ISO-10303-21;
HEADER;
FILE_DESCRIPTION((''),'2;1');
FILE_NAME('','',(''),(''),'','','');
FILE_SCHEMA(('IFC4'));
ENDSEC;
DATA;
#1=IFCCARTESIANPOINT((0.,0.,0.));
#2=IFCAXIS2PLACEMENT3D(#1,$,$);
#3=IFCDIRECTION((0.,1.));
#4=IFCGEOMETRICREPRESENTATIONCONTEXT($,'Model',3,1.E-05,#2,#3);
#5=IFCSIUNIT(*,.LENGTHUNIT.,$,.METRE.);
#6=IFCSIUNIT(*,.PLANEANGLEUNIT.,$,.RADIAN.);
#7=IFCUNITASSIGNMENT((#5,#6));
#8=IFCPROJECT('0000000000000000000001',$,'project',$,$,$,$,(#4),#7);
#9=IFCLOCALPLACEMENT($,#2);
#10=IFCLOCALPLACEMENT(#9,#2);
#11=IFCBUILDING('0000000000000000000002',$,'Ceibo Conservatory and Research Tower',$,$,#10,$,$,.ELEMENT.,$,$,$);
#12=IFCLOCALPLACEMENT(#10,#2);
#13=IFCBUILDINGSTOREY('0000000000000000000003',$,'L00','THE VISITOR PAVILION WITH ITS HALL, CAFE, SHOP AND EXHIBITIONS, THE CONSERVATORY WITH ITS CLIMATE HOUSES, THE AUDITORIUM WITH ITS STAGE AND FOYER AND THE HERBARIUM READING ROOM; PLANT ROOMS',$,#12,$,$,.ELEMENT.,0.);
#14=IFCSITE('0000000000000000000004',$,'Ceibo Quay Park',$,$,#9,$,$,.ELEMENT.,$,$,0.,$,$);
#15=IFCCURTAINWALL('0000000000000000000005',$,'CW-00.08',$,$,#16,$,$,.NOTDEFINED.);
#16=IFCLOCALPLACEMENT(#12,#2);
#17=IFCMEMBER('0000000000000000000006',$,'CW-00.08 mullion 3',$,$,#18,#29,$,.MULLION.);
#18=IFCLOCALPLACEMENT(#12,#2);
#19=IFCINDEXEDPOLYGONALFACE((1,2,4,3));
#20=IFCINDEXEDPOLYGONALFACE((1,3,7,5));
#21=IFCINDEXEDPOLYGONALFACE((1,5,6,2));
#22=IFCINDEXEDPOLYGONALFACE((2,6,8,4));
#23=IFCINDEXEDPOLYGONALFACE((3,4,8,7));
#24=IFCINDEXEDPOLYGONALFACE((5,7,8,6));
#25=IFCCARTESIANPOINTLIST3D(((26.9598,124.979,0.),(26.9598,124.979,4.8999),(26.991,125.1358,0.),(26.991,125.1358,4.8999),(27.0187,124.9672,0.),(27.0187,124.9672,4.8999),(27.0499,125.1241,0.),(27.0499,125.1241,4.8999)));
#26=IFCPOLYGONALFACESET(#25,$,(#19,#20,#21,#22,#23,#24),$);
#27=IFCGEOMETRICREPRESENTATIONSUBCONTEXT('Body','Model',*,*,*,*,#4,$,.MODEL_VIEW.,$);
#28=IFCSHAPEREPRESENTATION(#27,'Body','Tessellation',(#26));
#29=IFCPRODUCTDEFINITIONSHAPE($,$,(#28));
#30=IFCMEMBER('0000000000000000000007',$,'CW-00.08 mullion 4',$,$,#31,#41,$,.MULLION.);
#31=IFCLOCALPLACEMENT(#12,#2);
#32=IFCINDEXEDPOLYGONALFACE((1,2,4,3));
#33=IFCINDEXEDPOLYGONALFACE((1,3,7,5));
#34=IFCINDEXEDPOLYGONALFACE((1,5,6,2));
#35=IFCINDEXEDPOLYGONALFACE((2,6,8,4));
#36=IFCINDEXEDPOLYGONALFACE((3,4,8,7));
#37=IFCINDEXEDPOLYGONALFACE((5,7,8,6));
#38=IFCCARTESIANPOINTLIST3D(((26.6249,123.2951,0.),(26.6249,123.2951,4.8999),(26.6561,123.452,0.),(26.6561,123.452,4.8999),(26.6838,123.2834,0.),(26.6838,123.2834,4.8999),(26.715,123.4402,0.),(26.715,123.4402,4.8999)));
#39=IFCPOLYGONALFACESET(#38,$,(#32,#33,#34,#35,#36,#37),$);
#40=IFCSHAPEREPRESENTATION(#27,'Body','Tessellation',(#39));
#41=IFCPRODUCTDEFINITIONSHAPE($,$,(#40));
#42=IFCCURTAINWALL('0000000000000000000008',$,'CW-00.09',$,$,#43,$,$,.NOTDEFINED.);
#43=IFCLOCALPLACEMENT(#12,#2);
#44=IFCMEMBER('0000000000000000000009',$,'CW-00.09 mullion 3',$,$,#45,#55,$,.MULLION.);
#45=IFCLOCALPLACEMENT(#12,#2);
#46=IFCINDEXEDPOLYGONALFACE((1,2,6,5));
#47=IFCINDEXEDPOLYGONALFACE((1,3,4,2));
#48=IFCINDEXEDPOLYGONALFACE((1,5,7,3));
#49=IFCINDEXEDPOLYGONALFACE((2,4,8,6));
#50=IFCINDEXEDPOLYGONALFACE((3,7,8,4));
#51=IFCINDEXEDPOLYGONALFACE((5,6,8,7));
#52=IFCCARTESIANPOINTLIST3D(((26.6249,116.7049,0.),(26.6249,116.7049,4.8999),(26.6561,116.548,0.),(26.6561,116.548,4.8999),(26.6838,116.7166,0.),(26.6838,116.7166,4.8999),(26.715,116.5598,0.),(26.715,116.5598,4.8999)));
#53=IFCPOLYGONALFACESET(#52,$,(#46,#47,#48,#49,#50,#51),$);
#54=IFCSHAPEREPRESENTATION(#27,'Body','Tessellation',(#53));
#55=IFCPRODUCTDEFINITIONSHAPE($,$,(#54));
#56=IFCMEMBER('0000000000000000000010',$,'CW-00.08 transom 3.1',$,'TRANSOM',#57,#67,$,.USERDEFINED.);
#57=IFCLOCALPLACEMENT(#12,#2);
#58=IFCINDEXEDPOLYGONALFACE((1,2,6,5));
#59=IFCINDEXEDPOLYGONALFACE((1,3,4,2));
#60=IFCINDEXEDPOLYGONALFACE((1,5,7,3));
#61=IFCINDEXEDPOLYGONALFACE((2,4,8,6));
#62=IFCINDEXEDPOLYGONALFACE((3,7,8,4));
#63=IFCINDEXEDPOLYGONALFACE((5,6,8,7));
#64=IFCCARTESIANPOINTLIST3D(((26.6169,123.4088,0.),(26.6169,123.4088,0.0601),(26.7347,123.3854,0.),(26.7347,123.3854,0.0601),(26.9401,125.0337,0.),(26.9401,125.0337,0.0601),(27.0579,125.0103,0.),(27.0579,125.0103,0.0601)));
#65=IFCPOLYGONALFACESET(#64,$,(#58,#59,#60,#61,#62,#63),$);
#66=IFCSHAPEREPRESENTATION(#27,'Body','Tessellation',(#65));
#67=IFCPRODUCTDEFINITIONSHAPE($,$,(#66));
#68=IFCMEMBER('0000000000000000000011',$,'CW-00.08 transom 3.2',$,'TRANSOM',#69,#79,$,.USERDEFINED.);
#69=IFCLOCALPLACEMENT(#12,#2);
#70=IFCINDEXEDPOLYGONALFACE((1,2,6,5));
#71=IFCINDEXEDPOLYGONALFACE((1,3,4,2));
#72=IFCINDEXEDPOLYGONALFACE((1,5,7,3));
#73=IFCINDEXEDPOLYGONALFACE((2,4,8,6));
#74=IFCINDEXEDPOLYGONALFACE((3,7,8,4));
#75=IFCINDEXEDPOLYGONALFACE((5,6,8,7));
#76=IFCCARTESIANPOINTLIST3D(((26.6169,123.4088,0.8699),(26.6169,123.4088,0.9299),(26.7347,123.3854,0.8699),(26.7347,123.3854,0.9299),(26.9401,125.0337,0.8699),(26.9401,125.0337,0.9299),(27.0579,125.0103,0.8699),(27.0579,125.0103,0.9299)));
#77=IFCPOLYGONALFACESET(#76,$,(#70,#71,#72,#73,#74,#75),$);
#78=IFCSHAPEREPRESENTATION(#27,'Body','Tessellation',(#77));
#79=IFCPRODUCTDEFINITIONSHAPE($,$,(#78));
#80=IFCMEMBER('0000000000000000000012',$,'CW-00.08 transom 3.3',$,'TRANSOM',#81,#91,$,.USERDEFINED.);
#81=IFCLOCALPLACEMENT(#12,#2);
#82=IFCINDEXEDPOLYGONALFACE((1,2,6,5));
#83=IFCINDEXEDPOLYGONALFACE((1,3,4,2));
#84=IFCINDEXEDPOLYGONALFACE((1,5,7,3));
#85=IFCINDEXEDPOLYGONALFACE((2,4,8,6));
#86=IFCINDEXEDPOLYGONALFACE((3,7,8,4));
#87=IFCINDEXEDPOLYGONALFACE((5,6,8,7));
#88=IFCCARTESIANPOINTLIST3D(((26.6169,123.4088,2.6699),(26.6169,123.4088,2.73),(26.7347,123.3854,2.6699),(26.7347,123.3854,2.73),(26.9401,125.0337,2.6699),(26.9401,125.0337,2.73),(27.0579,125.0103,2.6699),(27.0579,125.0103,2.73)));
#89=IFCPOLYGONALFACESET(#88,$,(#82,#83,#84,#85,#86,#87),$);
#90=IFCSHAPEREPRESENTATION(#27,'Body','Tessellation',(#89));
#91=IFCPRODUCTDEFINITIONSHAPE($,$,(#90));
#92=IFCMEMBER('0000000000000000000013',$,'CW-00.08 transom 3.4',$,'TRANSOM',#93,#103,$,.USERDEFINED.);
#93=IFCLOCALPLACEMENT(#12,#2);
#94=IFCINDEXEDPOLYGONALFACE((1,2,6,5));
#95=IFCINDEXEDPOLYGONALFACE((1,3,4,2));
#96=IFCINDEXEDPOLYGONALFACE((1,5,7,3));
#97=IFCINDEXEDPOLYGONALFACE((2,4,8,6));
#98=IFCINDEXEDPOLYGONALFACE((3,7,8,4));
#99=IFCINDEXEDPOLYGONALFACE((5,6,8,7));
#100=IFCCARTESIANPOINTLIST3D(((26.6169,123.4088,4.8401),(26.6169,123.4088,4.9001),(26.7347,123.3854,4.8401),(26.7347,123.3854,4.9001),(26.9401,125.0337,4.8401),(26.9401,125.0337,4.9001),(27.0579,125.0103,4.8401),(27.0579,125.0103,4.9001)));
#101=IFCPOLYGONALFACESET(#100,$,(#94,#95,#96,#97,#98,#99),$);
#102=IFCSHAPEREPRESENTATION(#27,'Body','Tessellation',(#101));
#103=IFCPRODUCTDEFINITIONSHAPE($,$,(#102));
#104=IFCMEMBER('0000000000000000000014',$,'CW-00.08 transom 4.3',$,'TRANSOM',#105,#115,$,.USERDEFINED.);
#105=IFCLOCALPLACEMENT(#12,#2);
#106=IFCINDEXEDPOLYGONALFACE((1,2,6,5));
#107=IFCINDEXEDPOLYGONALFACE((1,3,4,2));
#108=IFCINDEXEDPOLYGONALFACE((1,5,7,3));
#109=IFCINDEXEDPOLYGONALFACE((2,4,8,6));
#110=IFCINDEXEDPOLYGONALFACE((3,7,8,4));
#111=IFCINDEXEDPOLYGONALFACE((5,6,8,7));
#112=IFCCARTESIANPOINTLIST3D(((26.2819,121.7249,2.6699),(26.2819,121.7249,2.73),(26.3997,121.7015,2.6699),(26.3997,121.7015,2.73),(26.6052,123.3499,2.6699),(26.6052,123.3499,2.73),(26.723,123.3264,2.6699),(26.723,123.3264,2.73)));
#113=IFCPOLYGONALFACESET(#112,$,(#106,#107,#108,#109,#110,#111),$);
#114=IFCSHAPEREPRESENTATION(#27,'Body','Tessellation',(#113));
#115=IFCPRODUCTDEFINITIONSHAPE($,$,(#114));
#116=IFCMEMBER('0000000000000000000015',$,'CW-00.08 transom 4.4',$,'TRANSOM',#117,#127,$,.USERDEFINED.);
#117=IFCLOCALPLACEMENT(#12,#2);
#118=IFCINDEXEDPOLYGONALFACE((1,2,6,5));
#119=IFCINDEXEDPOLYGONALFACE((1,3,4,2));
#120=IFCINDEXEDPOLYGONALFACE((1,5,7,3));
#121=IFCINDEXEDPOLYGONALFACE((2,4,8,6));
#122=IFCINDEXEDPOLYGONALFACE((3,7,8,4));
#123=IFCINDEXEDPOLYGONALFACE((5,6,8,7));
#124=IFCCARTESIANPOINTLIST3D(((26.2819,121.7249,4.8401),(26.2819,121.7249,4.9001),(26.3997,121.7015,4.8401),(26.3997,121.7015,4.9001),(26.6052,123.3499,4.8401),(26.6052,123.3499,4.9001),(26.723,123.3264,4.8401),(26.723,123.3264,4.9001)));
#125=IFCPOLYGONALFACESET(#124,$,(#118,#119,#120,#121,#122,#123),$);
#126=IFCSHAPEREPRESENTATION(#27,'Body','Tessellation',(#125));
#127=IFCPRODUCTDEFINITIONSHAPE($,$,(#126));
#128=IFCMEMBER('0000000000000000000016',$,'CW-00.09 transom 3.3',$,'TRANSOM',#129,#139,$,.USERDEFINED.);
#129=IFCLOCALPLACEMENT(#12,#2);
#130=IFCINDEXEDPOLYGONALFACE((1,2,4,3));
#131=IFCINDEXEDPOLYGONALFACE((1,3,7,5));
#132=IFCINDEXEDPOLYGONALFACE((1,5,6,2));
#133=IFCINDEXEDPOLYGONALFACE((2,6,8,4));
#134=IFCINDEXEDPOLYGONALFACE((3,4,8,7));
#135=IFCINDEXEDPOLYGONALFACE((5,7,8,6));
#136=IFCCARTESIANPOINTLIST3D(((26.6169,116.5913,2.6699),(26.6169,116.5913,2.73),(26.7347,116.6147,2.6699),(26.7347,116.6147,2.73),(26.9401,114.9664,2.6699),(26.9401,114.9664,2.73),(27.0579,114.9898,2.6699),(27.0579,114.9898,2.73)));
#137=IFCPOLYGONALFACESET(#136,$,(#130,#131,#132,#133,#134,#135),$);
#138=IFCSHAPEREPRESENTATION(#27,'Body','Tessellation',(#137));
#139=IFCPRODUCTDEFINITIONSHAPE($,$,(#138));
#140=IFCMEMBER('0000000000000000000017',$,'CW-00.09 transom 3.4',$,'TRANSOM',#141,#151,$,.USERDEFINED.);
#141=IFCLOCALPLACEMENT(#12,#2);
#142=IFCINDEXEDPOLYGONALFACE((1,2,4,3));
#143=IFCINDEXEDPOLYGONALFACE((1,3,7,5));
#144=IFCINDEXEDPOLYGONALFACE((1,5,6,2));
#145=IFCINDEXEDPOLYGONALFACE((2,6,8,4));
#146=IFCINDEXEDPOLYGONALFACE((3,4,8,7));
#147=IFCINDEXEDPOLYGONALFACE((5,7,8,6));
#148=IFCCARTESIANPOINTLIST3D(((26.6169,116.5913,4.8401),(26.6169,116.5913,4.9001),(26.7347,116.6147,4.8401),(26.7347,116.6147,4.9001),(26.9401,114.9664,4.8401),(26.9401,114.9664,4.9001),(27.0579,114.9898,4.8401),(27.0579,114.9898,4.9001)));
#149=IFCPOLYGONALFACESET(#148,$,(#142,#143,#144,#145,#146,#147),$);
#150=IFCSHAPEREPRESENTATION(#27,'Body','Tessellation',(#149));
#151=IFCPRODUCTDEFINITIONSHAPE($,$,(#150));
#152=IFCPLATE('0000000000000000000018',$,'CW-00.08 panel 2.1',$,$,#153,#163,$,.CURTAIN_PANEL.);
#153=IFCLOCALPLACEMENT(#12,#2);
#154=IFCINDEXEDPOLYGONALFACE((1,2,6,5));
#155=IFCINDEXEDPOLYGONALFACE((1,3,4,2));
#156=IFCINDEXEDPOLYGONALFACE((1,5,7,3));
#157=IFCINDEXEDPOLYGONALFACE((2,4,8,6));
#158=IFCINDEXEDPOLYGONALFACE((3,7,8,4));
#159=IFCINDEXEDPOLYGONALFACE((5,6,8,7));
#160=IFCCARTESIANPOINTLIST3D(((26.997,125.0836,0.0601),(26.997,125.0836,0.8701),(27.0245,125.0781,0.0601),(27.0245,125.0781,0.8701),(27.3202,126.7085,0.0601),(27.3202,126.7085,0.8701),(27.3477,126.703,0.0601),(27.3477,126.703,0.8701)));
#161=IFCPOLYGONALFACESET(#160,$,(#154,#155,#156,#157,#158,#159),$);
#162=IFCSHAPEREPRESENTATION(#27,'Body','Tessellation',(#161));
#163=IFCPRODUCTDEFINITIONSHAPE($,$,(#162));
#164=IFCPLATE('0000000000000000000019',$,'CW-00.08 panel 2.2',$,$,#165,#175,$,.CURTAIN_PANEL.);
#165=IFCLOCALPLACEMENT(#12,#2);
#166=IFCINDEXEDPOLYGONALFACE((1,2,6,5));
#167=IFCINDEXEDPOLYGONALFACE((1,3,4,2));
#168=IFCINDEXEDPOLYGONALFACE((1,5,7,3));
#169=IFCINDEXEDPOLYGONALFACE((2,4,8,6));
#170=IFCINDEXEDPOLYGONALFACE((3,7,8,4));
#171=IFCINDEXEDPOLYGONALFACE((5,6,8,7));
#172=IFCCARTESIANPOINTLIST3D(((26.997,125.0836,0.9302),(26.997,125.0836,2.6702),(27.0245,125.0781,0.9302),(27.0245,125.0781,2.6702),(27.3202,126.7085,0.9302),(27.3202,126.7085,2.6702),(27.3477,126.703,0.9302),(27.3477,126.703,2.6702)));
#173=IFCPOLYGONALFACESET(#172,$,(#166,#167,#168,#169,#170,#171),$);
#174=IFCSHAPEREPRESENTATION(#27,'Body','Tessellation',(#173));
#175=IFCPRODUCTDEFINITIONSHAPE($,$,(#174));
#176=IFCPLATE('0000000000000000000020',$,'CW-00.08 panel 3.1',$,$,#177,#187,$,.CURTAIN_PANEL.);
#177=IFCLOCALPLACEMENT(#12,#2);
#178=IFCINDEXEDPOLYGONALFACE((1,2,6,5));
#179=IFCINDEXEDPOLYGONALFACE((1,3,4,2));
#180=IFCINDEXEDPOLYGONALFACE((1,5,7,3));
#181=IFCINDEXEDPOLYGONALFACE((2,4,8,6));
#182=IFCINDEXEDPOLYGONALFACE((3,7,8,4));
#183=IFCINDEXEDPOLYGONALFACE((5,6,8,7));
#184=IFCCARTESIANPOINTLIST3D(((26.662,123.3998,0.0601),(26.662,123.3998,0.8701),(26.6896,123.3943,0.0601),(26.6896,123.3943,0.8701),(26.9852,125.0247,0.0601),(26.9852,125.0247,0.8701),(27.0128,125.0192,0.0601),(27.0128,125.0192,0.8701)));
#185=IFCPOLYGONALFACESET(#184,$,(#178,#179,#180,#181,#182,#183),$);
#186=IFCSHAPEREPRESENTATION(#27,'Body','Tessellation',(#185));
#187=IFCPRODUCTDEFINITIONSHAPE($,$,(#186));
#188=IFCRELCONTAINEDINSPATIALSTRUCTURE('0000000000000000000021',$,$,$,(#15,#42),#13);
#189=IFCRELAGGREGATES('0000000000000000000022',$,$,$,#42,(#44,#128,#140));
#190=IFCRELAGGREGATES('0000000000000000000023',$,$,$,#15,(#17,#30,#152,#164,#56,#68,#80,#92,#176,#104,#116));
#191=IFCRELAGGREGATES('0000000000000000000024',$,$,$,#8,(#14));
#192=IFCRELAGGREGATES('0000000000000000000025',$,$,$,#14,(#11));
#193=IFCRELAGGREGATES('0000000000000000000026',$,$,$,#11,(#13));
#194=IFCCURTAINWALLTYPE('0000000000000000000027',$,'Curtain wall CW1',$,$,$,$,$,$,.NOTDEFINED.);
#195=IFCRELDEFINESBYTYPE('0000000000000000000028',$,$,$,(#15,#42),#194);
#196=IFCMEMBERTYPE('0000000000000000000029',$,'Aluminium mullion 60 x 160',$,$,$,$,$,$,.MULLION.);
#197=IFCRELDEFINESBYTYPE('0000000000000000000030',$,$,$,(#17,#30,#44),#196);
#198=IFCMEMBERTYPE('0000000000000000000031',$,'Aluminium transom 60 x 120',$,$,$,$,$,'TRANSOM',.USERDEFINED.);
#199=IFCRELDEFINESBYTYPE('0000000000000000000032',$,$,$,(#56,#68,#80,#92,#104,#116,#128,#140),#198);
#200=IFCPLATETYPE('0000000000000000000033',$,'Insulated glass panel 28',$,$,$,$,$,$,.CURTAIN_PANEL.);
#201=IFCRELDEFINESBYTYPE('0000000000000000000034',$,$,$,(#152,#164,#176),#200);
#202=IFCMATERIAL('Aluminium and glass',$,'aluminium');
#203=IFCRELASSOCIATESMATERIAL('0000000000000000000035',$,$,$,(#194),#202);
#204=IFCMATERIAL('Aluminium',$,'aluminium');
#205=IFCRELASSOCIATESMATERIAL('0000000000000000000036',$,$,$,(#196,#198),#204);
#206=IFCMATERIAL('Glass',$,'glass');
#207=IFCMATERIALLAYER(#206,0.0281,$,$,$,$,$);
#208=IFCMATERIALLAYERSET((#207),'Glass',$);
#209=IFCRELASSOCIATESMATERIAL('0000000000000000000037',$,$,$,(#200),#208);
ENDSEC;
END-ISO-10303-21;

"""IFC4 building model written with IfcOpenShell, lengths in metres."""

from ifc_helpers import new_model, si_unit, direction, frame, origin, origin_2d, place, context, subcontext, project, spatial, rectangle, extrude, material, layer, layer_set, material_profile, profile_set, type_object, element, aggregate, save


model = new_model("IFC4")

# Units and contexts
model_context = context("Model", 3, precision=1e-05, world=origin(), true_north=direction((0.0, 1.0)))
body_context = subcontext(model_context, "Body", "Model", "MODEL_VIEW")
ifc_project = project(units=[si_unit("LENGTHUNIT", "METRE"), si_unit("PLANEANGLEUNIT", "RADIAN")], contexts=[model_context])

# Site, building, storey
site_placement = place(None, origin())
site = spatial("IfcSite", under=ifc_project, at=site_placement, Name="Ceibo Quay Park", CompositionType="ELEMENT", RefElevation=0.0)
building_placement = place(site_placement, origin())
building = spatial("IfcBuilding", under=site, at=building_placement, Name="Ceibo Conservatory and Research Tower", CompositionType="ELEMENT")
storey_placement = place(building_placement, origin())
storey = spatial("IfcBuildingStorey", under=building, at=storey_placement, Name="L00", Description="THE VISITOR PAVILION WITH ITS HALL, CAFE, SHOP AND EXHIBITIONS, THE CONSERVATORY WITH ITS CLIMATE HOUSES, THE AUDITORIUM WITH ITS STAGE AND FOYER AND THE HERBARIUM READING ROOM; PLANT ROOMS", CompositionType="ELEMENT", Elevation=0.0)

# Curtain wall, members
ifc_material_1 = material(Name="Aluminium and glass", Category="aluminium")
curtain_wall_type = type_object("IfcCurtainWallType", Name="Curtain wall CW1", PredefinedType="NOTDEFINED", material=ifc_material_1)
curtain_wall_1_placement = place(storey_placement, origin())
curtain_wall_1 = element("IfcCurtainWall", 1, at=curtain_wall_1_placement, inside=storey, type_object=curtain_wall_type, Name="CW-00.08", PredefinedType="NOTDEFINED")
ifc_material_2 = material(Name="Aluminium", Category="aluminium")
ifc_material_profile_1 = material_profile(ifc_material_2, rectangle(XDim=0.0601, YDim=0.1599, at=origin_2d()), Name="Aluminium 60 x 160")
ifc_profile_set_1 = profile_set([ifc_material_profile_1], Name="Aluminium")
member_type_1 = type_object("IfcMemberType", Name="Aluminium mullion 60 x 160", PredefinedType="MULLION", material=ifc_profile_set_1)
member_1_placement = place(storey_placement, frame((27.0049, 125.0515, 0.0), z_axis=(0.0, 0.0, 1.0), x_axis=(0.980785, -0.19509, 0.0)))
member_1 = element("IfcMember", 2, at=member_1_placement, type_object=member_type_1, Name="CW-00.08 mullion 3", PredefinedType="MULLION", context=body_context, shape_type="SweptSolid", body=[
    extrude(rectangle(XDim=0.0601, YDim=0.1599, at=origin_2d()), origin(), (0.0, 0.0, 1.0), 4.8999),
])
member_2_placement = place(storey_placement, frame((26.6699, 123.3677, 0.0), z_axis=(0.0, 0.0, 1.0), x_axis=(0.980785, -0.19509, 0.0)))
member_2 = element("IfcMember", 3, at=member_2_placement, type_object=member_type_1, Name="CW-00.08 mullion 4", PredefinedType="MULLION", context=body_context, shape_type="SweptSolid", body=[
    extrude(rectangle(XDim=0.0601, YDim=0.1599, at=origin_2d()), origin(), (0.0, 0.0, 1.0), 4.8999),
])

# Curtain wall, member
curtain_wall_2_placement = place(storey_placement, origin())
curtain_wall_2 = element("IfcCurtainWall", 4, at=curtain_wall_2_placement, inside=storey, type_object=curtain_wall_type, Name="CW-00.09", PredefinedType="NOTDEFINED")
member_3_placement = place(storey_placement, frame((26.6699, 116.6323, 0.0), z_axis=(0.0, 0.0, 1.0), x_axis=(0.980785, 0.19509, 0.0)))
member_3 = element("IfcMember", 5, at=member_3_placement, type_object=member_type_1, Name="CW-00.09 mullion 3", PredefinedType="MULLION", context=body_context, shape_type="SweptSolid", body=[
    extrude(rectangle(XDim=0.0601, YDim=0.1599, at=origin_2d()), origin(), (0.0, 0.0, 1.0), 4.8999),
])

# Members
ifc_material_profile_2 = material_profile(ifc_material_2, rectangle(XDim=0.1201, YDim=0.0601, at=origin_2d()), Name="Aluminium 60 x 120")
ifc_profile_set_2 = profile_set([ifc_material_profile_2], Name="Aluminium")
member_type_2 = type_object("IfcMemberType", Name="Aluminium transom 60 x 120", ElementType="TRANSOM", PredefinedType="USERDEFINED", material=ifc_profile_set_2)
member_4_placement = place(storey_placement, frame((26.999, 125.022, 0.03), z_axis=(-0.195096, -0.980784, 0.0), x_axis=(0.980784, -0.195096, 0.0)))
member_4 = element("IfcMember", 6, at=member_4_placement, type_object=member_type_2, Name="CW-00.08 transom 3.1", ObjectType="TRANSOM", PredefinedType="USERDEFINED", context=body_context, shape_type="SweptSolid", body=[
    extrude(rectangle(XDim=0.1201, YDim=0.0601, at=origin_2d()), origin(), (0.0, 0.0, 1.0), 1.6567),
])
member_5_placement = place(storey_placement, frame((26.999, 125.022, 0.8999), z_axis=(-0.195096, -0.980784, 0.0), x_axis=(0.980784, -0.195096, 0.0)))
member_5 = element("IfcMember", 7, at=member_5_placement, type_object=member_type_2, Name="CW-00.08 transom 3.2", ObjectType="TRANSOM", PredefinedType="USERDEFINED", context=body_context, shape_type="SweptSolid", body=[
    extrude(rectangle(XDim=0.1201, YDim=0.0601, at=origin_2d()), origin(), (0.0, 0.0, 1.0), 1.6567),
])
member_6_placement = place(storey_placement, frame((26.999, 125.022, 2.7), z_axis=(-0.195096, -0.980784, 0.0), x_axis=(0.980784, -0.195096, 0.0)))
member_6 = element("IfcMember", 8, at=member_6_placement, type_object=member_type_2, Name="CW-00.08 transom 3.3", ObjectType="TRANSOM", PredefinedType="USERDEFINED", context=body_context, shape_type="SweptSolid", body=[
    extrude(rectangle(XDim=0.1201, YDim=0.0601, at=origin_2d()), origin(), (0.0, 0.0, 1.0), 1.6567),
])
member_7_placement = place(storey_placement, frame((26.999, 125.022, 4.8701), z_axis=(-0.195096, -0.980784, 0.0), x_axis=(0.980784, -0.195096, 0.0)))
member_7 = element("IfcMember", 9, at=member_7_placement, type_object=member_type_2, Name="CW-00.08 transom 3.4", ObjectType="TRANSOM", PredefinedType="USERDEFINED", context=body_context, shape_type="SweptSolid", body=[
    extrude(rectangle(XDim=0.1201, YDim=0.0601, at=origin_2d()), origin(), (0.0, 0.0, 1.0), 1.6567),
])
member_8_placement = place(storey_placement, frame((26.6641, 123.3381, 2.7), z_axis=(-0.195096, -0.980784, 0.0), x_axis=(0.980784, -0.195096, 0.0)))
member_8 = element("IfcMember", 10, at=member_8_placement, type_object=member_type_2, Name="CW-00.08 transom 4.3", ObjectType="TRANSOM", PredefinedType="USERDEFINED", context=body_context, shape_type="SweptSolid", body=[
    extrude(rectangle(XDim=0.1201, YDim=0.0601, at=origin_2d()), origin(), (0.0, 0.0, 1.0), 1.6567),
])
member_9_placement = place(storey_placement, frame((26.6641, 123.3381, 4.8701), z_axis=(-0.195096, -0.980784, 0.0), x_axis=(0.980784, -0.195096, 0.0)))
member_9 = element("IfcMember", 11, at=member_9_placement, type_object=member_type_2, Name="CW-00.08 transom 4.4", ObjectType="TRANSOM", PredefinedType="USERDEFINED", context=body_context, shape_type="SweptSolid", body=[
    extrude(rectangle(XDim=0.1201, YDim=0.0601, at=origin_2d()), origin(), (0.0, 0.0, 1.0), 1.6567),
])
member_10_placement = place(storey_placement, frame((26.6758, 116.603, 2.7), z_axis=(0.195096, -0.980784, 0.0), x_axis=(0.980784, 0.195096, 0.0)))
member_10 = element("IfcMember", 12, at=member_10_placement, type_object=member_type_2, Name="CW-00.09 transom 3.3", ObjectType="TRANSOM", PredefinedType="USERDEFINED", context=body_context, shape_type="SweptSolid", body=[
    extrude(rectangle(XDim=0.1201, YDim=0.0601, at=origin_2d()), origin(), (0.0, 0.0, 1.0), 1.6567),
])
member_11_placement = place(storey_placement, frame((26.6758, 116.603, 4.8701), z_axis=(0.195096, -0.980784, 0.0), x_axis=(0.980784, 0.195096, 0.0)))
member_11 = element("IfcMember", 13, at=member_11_placement, type_object=member_type_2, Name="CW-00.09 transom 3.4", ObjectType="TRANSOM", PredefinedType="USERDEFINED", context=body_context, shape_type="SweptSolid", body=[
    extrude(rectangle(XDim=0.1201, YDim=0.0601, at=origin_2d()), origin(), (0.0, 0.0, 1.0), 1.6567),
])
aggregate(curtain_wall_2, [member_3, member_10, member_11])

# Plates
ifc_material_3 = material(Name="Glass", Category="glass")
ifc_layer = layer(ifc_material_3, 0.0281)
ifc_layer_set = layer_set([ifc_layer], Name="Glass")
plate_type = type_object("IfcPlateType", Name="Insulated glass panel 28", PredefinedType="CURTAIN_PANEL", material=ifc_layer_set)
plate_1_placement = place(storey_placement, frame((27.1724, 125.8933, 0.0601), z_axis=(0.0, 0.0, 1.0), x_axis=(-0.19509, -0.980785, 0.0)))
plate_1 = element("IfcPlate", 14, at=plate_1_placement, type_object=plate_type, Name="CW-00.08 panel 2.1", PredefinedType="CURTAIN_PANEL", context=body_context, shape_type="SweptSolid", body=[
    extrude(rectangle(XDim=1.6567, YDim=0.0281, at=origin_2d()), origin(), (0.0, 0.0, 1.0), 0.8101),
])
plate_2_placement = place(storey_placement, frame((27.1724, 125.8933, 0.9302), z_axis=(0.0, 0.0, 1.0), x_axis=(-0.19509, -0.980785, 0.0)))
plate_2 = element("IfcPlate", 15, at=plate_2_placement, type_object=plate_type, Name="CW-00.08 panel 2.2", PredefinedType="CURTAIN_PANEL", context=body_context, shape_type="SweptSolid", body=[
    extrude(rectangle(XDim=1.6567, YDim=0.0281, at=origin_2d()), origin(), (0.0, 0.0, 1.0), 1.74),
])
plate_3_placement = place(storey_placement, frame((26.8374, 124.2095, 0.0601), z_axis=(0.0, 0.0, 1.0), x_axis=(-0.19509, -0.980785, 0.0)))
plate_3 = element("IfcPlate", 16, at=plate_3_placement, type_object=plate_type, Name="CW-00.08 panel 3.1", PredefinedType="CURTAIN_PANEL", context=body_context, shape_type="SweptSolid", body=[
    extrude(rectangle(XDim=1.6567, YDim=0.0281, at=origin_2d()), origin(), (0.0, 0.0, 1.0), 0.8101),
])
aggregate(curtain_wall_1, [member_1, member_2, plate_1, plate_2, member_4, member_5, member_6, member_7, plate_3, member_8, member_9])

save(model, "model.ifc")
